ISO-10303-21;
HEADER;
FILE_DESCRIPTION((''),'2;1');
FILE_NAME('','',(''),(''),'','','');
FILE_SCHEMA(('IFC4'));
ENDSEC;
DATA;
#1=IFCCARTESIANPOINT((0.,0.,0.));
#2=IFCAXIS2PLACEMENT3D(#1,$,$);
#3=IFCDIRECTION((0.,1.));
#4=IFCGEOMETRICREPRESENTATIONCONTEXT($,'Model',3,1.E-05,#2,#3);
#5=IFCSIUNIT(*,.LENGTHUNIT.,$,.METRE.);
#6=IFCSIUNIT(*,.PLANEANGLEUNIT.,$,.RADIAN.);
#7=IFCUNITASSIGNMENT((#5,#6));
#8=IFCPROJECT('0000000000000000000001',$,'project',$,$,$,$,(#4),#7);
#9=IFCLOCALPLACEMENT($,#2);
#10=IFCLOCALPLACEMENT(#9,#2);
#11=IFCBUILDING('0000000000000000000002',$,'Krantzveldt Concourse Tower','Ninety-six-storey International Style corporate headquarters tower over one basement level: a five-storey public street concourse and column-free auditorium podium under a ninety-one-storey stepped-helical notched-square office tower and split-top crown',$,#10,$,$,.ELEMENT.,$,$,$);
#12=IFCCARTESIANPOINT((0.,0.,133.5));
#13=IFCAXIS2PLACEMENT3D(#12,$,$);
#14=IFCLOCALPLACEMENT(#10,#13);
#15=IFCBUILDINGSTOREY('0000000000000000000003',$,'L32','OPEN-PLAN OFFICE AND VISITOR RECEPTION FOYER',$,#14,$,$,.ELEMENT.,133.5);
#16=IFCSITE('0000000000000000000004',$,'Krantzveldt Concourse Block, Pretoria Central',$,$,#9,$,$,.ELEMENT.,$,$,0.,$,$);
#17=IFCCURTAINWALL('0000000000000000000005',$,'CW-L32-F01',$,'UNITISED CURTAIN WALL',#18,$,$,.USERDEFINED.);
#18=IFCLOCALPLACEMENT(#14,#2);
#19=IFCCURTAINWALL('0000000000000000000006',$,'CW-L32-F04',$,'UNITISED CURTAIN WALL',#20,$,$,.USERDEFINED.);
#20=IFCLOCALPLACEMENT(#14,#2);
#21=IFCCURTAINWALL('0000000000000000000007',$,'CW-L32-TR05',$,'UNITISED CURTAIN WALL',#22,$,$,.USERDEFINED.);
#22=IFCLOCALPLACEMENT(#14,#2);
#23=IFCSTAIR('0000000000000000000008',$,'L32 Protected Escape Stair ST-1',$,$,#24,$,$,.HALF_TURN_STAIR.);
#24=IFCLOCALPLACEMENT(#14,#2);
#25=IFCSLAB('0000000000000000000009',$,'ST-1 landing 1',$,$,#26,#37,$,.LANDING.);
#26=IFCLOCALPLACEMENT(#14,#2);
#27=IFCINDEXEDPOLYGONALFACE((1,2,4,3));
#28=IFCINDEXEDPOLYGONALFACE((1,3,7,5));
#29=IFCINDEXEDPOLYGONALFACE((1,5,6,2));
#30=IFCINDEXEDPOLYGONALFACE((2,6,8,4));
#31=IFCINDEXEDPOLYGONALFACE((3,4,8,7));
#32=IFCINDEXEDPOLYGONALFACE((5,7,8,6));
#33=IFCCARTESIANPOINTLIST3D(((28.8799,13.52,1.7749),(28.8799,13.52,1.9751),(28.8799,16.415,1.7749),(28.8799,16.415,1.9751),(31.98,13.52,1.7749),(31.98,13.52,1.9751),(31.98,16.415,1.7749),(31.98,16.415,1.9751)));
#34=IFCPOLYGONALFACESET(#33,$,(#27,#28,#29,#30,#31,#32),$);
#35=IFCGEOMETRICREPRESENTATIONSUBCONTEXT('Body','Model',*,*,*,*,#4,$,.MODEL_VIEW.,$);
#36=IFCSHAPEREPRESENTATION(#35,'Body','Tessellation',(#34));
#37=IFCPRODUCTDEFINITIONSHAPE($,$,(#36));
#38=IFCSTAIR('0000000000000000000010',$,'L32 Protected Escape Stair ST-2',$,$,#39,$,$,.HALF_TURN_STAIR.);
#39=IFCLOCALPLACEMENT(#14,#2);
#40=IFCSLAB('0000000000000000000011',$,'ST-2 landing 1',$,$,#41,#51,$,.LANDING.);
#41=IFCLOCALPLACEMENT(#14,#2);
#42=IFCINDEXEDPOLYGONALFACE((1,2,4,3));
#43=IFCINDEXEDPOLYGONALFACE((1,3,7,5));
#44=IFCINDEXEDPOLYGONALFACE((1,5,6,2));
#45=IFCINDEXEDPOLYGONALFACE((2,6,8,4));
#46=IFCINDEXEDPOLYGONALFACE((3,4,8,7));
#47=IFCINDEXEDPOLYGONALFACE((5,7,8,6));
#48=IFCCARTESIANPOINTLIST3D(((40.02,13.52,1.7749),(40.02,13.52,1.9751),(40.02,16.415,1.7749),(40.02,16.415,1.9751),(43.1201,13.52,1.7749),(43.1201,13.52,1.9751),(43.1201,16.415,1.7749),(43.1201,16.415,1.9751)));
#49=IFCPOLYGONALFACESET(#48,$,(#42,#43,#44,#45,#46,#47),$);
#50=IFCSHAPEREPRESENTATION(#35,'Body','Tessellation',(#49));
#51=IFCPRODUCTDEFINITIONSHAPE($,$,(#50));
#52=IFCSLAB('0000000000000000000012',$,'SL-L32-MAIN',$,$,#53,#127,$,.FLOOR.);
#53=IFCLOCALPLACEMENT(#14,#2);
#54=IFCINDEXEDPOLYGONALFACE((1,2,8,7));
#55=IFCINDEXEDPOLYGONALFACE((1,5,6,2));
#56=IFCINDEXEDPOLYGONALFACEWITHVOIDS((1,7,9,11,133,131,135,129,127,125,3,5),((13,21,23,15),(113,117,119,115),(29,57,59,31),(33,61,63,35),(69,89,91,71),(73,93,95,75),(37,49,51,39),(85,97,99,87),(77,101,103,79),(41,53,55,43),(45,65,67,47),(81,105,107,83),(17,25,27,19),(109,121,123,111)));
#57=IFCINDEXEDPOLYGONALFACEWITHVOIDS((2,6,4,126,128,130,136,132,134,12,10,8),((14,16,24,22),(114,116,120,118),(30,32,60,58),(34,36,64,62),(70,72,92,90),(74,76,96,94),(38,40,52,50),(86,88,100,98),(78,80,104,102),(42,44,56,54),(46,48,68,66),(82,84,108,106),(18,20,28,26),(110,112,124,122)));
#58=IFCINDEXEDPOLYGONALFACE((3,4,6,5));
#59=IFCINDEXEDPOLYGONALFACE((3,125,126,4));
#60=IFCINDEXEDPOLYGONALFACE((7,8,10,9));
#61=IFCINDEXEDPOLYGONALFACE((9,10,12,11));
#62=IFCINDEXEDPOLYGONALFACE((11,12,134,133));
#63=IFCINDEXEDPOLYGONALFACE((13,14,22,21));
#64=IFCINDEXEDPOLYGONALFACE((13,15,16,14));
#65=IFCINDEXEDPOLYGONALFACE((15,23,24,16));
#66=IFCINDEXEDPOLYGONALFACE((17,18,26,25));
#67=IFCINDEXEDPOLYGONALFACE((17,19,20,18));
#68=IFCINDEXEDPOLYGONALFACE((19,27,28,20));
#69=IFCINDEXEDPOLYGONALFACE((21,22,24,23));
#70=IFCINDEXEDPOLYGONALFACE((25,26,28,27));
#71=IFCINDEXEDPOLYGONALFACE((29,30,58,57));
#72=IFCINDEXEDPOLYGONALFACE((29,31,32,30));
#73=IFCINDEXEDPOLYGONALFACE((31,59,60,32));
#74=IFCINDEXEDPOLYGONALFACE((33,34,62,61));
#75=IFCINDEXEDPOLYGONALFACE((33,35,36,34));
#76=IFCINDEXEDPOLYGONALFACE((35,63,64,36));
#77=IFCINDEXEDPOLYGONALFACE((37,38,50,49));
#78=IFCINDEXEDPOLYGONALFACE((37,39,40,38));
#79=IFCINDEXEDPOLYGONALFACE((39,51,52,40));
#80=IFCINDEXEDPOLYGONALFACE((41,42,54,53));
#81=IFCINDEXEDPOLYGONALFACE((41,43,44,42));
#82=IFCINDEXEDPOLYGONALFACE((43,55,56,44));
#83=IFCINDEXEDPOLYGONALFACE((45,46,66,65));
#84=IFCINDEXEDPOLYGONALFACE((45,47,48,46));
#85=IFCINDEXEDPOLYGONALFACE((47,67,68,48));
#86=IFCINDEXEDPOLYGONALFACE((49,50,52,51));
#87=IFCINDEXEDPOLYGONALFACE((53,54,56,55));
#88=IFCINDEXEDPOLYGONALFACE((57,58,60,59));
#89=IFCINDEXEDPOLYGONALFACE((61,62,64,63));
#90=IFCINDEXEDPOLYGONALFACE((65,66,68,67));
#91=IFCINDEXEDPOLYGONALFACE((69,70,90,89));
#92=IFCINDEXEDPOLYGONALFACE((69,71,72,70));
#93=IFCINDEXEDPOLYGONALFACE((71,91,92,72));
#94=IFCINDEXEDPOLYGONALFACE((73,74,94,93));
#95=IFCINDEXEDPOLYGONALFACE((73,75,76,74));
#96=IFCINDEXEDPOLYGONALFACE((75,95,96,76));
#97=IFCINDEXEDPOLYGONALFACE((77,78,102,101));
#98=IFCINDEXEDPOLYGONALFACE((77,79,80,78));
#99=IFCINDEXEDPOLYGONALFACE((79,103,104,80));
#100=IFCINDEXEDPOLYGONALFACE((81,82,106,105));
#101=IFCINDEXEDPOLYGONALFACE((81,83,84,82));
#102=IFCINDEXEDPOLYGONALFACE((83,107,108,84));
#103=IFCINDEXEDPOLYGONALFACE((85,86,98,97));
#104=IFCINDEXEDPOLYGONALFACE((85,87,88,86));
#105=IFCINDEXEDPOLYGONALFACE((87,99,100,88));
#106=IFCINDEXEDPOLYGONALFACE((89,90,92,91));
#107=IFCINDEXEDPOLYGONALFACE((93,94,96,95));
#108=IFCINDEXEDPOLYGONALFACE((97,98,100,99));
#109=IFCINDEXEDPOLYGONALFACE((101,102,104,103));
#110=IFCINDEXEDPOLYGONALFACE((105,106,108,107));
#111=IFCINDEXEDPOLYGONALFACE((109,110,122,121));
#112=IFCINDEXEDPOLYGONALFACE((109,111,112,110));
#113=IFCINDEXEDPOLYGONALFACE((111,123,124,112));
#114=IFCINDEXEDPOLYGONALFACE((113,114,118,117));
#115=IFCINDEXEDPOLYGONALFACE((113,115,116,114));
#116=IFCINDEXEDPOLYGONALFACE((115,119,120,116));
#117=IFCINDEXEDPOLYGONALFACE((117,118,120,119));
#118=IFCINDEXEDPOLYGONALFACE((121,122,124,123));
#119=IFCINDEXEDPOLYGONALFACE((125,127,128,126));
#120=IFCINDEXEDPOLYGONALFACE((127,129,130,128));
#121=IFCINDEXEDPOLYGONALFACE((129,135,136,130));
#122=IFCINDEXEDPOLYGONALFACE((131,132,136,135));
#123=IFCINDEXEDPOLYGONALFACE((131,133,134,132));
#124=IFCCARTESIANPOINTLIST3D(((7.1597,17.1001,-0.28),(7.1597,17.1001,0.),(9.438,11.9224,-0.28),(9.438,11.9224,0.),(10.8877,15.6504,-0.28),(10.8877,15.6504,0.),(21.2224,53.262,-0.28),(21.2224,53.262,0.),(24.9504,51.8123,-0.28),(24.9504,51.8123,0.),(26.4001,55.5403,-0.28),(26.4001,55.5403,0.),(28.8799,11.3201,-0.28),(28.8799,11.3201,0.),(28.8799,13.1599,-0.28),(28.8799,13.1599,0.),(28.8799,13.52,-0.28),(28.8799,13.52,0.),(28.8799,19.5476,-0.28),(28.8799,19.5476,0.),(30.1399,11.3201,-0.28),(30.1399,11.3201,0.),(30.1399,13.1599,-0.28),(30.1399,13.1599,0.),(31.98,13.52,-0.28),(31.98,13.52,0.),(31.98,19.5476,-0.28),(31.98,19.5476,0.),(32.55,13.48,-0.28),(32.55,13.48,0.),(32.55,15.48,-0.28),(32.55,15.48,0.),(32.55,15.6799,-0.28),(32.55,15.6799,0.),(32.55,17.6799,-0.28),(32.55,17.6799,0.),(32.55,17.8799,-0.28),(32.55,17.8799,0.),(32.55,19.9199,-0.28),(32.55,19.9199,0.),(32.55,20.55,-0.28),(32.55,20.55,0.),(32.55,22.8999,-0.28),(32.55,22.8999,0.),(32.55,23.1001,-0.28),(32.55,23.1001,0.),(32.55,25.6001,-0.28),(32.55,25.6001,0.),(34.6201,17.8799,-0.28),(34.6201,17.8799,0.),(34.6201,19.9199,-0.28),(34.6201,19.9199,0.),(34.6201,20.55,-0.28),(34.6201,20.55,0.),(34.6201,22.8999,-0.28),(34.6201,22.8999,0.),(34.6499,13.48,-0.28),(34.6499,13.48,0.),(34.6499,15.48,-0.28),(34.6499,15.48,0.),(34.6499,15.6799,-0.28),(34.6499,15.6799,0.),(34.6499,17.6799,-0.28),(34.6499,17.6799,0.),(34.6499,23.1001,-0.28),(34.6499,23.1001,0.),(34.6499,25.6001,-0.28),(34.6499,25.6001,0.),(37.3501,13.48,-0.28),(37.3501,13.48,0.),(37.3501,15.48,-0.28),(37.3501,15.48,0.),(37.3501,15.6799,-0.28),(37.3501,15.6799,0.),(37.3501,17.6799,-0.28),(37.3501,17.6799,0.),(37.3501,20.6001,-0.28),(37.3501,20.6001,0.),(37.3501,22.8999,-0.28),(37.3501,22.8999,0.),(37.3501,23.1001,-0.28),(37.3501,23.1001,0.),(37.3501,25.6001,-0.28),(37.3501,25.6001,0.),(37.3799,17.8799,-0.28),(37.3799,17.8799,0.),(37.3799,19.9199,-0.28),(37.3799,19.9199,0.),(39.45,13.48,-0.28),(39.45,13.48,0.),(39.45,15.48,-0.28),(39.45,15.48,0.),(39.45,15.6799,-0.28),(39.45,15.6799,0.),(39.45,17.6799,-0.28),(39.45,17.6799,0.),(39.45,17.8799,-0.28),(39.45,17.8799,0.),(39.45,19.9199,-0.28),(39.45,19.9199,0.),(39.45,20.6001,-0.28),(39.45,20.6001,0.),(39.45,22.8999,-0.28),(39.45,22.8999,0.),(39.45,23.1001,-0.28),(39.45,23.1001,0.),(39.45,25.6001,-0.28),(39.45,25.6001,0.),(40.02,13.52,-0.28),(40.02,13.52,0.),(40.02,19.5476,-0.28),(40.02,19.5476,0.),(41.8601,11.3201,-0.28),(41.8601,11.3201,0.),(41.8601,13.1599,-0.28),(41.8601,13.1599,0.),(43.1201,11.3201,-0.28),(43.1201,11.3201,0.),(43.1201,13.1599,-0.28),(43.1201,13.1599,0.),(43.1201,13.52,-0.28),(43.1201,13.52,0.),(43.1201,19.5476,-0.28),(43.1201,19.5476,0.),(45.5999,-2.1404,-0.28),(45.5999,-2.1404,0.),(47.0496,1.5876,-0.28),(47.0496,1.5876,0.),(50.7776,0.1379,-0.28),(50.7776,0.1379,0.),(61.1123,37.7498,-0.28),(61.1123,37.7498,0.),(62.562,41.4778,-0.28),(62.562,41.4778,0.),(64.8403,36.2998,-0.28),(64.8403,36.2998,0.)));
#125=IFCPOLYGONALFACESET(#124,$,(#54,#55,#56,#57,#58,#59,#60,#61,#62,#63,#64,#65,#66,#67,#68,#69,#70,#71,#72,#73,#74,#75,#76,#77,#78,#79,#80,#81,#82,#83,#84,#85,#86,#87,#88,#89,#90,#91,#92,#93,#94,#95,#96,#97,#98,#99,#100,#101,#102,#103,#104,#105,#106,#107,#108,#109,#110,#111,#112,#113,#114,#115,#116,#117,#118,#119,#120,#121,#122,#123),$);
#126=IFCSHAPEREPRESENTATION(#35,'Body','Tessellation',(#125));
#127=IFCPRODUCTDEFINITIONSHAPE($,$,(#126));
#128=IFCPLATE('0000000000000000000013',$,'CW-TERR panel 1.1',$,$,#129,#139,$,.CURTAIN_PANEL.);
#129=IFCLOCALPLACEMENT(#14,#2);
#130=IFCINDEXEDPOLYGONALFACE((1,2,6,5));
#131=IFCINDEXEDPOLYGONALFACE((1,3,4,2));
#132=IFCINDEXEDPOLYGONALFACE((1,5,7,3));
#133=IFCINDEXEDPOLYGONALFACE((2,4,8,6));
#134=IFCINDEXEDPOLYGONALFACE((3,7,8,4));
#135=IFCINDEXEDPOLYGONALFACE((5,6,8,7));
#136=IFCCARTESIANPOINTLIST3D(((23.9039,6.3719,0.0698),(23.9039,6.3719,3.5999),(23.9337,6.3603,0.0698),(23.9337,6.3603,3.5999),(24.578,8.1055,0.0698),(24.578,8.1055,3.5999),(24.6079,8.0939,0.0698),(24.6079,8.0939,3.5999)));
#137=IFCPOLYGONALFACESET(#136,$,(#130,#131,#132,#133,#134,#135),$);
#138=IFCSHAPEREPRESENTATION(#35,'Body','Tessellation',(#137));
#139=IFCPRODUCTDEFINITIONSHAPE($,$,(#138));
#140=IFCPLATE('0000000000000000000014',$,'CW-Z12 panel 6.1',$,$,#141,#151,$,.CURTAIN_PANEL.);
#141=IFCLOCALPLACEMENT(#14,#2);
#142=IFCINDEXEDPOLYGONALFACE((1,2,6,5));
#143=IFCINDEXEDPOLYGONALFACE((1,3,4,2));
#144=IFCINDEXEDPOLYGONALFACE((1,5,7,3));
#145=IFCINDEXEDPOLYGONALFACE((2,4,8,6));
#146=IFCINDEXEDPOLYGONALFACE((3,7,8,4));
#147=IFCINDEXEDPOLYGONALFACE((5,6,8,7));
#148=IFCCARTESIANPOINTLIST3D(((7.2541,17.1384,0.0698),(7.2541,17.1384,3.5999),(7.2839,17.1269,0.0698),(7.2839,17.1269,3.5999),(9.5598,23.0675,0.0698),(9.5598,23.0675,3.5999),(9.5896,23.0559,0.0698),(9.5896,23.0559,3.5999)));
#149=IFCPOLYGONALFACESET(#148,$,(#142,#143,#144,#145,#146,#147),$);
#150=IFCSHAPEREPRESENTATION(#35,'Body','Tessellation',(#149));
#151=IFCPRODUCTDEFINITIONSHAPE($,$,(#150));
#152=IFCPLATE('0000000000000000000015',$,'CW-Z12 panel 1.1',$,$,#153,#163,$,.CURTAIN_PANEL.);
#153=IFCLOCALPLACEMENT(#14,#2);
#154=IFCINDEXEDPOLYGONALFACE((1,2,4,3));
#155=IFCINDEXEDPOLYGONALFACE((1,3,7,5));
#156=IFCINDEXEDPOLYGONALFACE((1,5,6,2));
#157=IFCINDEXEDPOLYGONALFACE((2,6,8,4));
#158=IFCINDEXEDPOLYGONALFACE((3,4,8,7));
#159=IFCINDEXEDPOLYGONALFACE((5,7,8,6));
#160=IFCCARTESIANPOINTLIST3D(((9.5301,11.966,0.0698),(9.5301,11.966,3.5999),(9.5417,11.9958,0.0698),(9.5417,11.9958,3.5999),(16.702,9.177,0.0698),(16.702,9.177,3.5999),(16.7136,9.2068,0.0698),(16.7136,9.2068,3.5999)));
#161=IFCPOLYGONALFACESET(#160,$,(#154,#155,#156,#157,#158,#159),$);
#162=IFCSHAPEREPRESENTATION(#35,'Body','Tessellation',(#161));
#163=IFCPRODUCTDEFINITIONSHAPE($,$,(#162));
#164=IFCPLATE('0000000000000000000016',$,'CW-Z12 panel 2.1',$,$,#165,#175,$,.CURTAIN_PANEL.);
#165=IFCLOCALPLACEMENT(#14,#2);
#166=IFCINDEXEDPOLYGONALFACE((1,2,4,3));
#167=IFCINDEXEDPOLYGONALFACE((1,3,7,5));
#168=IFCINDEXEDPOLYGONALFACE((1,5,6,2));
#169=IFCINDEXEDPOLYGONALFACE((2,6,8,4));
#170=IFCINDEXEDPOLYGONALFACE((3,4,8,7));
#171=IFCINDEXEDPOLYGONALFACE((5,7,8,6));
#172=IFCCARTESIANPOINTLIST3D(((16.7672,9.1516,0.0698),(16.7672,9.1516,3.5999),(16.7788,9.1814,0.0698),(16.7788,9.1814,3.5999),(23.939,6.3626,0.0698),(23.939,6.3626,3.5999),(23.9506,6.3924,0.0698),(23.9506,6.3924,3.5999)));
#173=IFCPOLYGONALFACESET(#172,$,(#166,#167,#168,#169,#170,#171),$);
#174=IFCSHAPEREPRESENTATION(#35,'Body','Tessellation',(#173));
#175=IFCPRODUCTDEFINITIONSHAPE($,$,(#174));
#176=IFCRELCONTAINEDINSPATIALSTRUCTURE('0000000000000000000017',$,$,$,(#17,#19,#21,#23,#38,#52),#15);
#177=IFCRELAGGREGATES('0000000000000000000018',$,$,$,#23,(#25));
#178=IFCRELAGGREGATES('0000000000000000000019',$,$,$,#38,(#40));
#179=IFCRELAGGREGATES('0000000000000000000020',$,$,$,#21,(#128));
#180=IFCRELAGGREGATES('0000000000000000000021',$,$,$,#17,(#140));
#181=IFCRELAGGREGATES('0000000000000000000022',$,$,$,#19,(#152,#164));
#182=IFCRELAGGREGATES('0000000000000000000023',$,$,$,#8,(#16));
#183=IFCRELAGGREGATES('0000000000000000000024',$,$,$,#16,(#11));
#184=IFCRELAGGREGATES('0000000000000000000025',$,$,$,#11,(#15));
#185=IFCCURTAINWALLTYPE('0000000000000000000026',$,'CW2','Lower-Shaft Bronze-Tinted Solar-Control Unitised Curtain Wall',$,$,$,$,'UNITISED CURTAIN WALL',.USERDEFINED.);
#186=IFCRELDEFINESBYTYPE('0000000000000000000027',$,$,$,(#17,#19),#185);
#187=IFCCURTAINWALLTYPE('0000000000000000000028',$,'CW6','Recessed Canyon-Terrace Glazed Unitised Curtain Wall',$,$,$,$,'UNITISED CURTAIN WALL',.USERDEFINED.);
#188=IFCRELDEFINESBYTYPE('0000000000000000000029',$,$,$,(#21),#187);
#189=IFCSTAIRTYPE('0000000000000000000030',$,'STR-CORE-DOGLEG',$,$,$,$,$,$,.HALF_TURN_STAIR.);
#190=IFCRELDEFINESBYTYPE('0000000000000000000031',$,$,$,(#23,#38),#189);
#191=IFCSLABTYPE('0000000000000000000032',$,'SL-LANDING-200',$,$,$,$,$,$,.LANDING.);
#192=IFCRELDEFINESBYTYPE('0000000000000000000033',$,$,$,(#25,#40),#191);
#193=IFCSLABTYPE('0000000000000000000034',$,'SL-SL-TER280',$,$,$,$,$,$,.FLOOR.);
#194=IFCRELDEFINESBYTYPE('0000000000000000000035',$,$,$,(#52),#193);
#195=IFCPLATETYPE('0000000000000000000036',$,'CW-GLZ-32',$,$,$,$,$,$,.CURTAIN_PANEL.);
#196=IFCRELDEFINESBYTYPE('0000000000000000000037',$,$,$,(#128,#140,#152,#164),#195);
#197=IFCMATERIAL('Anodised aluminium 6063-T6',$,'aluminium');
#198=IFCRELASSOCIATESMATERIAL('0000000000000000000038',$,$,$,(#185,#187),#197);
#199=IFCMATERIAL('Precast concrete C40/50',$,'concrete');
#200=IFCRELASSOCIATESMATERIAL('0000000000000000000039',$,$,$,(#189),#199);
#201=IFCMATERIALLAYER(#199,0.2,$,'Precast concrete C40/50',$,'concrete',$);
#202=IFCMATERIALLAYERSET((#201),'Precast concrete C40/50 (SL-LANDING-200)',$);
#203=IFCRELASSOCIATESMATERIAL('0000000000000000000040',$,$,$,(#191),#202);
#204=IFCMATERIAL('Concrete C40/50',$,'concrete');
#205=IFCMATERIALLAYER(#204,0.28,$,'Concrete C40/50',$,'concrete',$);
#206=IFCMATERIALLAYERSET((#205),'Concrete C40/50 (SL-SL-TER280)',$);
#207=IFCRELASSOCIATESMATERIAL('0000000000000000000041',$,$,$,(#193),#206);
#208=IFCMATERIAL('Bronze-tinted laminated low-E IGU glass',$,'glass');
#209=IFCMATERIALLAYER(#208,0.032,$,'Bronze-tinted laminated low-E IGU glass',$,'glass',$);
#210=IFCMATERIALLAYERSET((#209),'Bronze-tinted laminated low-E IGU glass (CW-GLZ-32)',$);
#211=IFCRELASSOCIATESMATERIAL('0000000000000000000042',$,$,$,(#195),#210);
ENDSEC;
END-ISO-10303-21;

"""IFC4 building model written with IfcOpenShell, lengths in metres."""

from ifc_helpers import new_model, si_unit, direction, frame, origin, origin_2d, place, context, subcontext, project, spatial, polyline, rectangle, outline, extrude, source, transform, mapped, material, layer, layer_set, type_object, type_shapes, element, aggregate, save


model = new_model("IFC4")

# Units and contexts
model_context = context("Model", 3, precision=1e-05, world=origin(), true_north=direction((0.0, 1.0)))
body_context = subcontext(model_context, "Body", "Model", "MODEL_VIEW")
ifc_project = project(units=[si_unit("LENGTHUNIT", "METRE"), si_unit("PLANEANGLEUNIT", "RADIAN")], contexts=[model_context])

# Site, building, storey
site_placement = place(None, origin())
site = spatial("IfcSite", under=ifc_project, at=site_placement, Name="Krantzveldt Concourse Block, Pretoria Central", CompositionType="ELEMENT", RefElevation=0.0)
building_placement = place(site_placement, origin())
building = spatial("IfcBuilding", under=site, at=building_placement, Name="Krantzveldt Concourse Tower", Description="Ninety-six-storey International Style corporate headquarters tower over one basement level: a five-storey public street concourse and column-free auditorium podium under a ninety-one-storey stepped-helical notched-square office tower and split-top crown", CompositionType="ELEMENT")
storey_placement = place(building_placement, frame((0.0, 0.0, 133.5)))
storey = spatial("IfcBuildingStorey", under=building, at=storey_placement, Name="L32", Description="OPEN-PLAN OFFICE AND VISITOR RECEPTION FOYER", CompositionType="ELEMENT", Elevation=133.5)

# Curtain wall
ifc_material_1 = material(Name="Anodised aluminium 6063-T6", Category="aluminium")
curtain_wall_type_1 = type_object("IfcCurtainWallType", Name="CW2", Description="Lower-Shaft Bronze-Tinted Solar-Control Unitised Curtain Wall", ElementType="UNITISED CURTAIN WALL", PredefinedType="USERDEFINED", material=ifc_material_1)
curtain_wall_1_placement = place(storey_placement, origin())
curtain_wall_1 = element("IfcCurtainWall", 1, at=curtain_wall_1_placement, inside=storey, type_object=curtain_wall_type_1, Name="CW-L32-F01", ObjectType="UNITISED CURTAIN WALL", PredefinedType="USERDEFINED")

# Curtain walls
curtain_wall_2_placement = place(storey_placement, origin())
curtain_wall_2 = element("IfcCurtainWall", 2, at=curtain_wall_2_placement, inside=storey, type_object=curtain_wall_type_1, Name="CW-L32-F04", ObjectType="UNITISED CURTAIN WALL", PredefinedType="USERDEFINED")
curtain_wall_type_2 = type_object("IfcCurtainWallType", Name="CW6", Description="Recessed Canyon-Terrace Glazed Unitised Curtain Wall", ElementType="UNITISED CURTAIN WALL", PredefinedType="USERDEFINED", material=ifc_material_1)
curtain_wall_3_placement = place(storey_placement, origin())
curtain_wall_3 = element("IfcCurtainWall", 3, at=curtain_wall_3_placement, inside=storey, type_object=curtain_wall_type_2, Name="CW-L32-TR05", ObjectType="UNITISED CURTAIN WALL", PredefinedType="USERDEFINED")

# Stairs, slabs
ifc_material_2 = material(Name="Precast concrete C40/50", Category="concrete")
stair_type = type_object("IfcStairType", Name="STR-CORE-DOGLEG", PredefinedType="HALF_TURN_STAIR", material=ifc_material_2)
stair_1_placement = place(storey_placement, origin())
stair_1 = element("IfcStair", 4, at=stair_1_placement, inside=storey, type_object=stair_type, Name="L32 Protected Escape Stair ST-1", PredefinedType="HALF_TURN_STAIR")
ifc_layer_1 = layer(ifc_material_2, 0.2, Name="Precast concrete C40/50", Category="concrete")
ifc_layer_set_1 = layer_set([ifc_layer_1], Name="Precast concrete C40/50 (SL-LANDING-200)")
slab_type_1 = type_object("IfcSlabType", Name="SL-LANDING-200", PredefinedType="LANDING", material=ifc_layer_set_1)
slab_1_placement = place(storey_placement, frame((0.0, 0.0, 1.7749)))
slab_1 = element("IfcSlab", 5, at=slab_1_placement, type_object=slab_type_1, Name="ST-1 landing 1", PredefinedType="LANDING", context=body_context, shape_type="SweptSolid", body=[
    extrude(outline(polyline([(28.8799, 16.415), (28.8799, 13.52), (31.98, 13.52), (31.98, 16.415), (28.8799, 16.415)])), origin(), (0.0, 0.0, 1.0), 0.2002),
])
aggregate(stair_1, [slab_1])
stair_2_placement = place(storey_placement, origin())
stair_2 = element("IfcStair", 6, at=stair_2_placement, inside=storey, type_object=stair_type, Name="L32 Protected Escape Stair ST-2", PredefinedType="HALF_TURN_STAIR")
slab_2_placement = place(storey_placement, frame((0.0, 0.0, 1.7749)))
slab_2 = element("IfcSlab", 7, at=slab_2_placement, type_object=slab_type_1, Name="ST-2 landing 1", PredefinedType="LANDING", context=body_context, shape_type="SweptSolid", body=[
    extrude(outline(polyline([(40.02, 16.415), (40.02, 13.52), (43.1201, 13.52), (43.1201, 16.415), (40.02, 16.415)])), origin(), (0.0, 0.0, 1.0), 0.2002),
])
aggregate(stair_2, [slab_2])

# Slab
ifc_material_3 = material(Name="Concrete C40/50", Category="concrete")
ifc_layer_2 = layer(ifc_material_3, 0.28, Name="Concrete C40/50", Category="concrete")
ifc_layer_set_2 = layer_set([ifc_layer_2], Name="Concrete C40/50 (SL-SL-TER280)")
slab_type_2 = type_object("IfcSlabType", Name="SL-SL-TER280", PredefinedType="FLOOR", material=ifc_layer_set_2)
slab_3_placement = place(storey_placement, frame((0.0, 0.0, -0.28)))
element("IfcSlab", 8, at=slab_3_placement, inside=storey, type_object=slab_type_2, Name="SL-L32-MAIN", PredefinedType="FLOOR", context=body_context, shape_type="SweptSolid", body=[
    extrude(outline(polyline([(24.9504, 51.8123), (21.2224, 53.262), (7.1597, 17.1001), (10.8877, 15.6504), (9.438, 11.9224), (45.5999, -2.1404), (47.0496, 1.5876), (50.7776, 0.1379), (64.8403, 36.2998), (61.1123, 37.7498), (62.562, 41.4778), (26.4001, 55.5403), (24.9504, 51.8123)]), holes=[polyline([(28.8799, 19.5476), (28.8799, 13.52), (31.98, 13.52), (31.98, 19.5476), (28.8799, 19.5476)]), polyline([(40.02, 19.5476), (40.02, 13.52), (43.1201, 13.52), (43.1201, 19.5476), (40.02, 19.5476)]), polyline([(32.55, 23.1001), (34.6499, 23.1001), (34.6499, 25.6001), (32.55, 25.6001), (32.55, 23.1001)]), polyline([(37.3501, 23.1001), (39.45, 23.1001), (39.45, 25.6001), (37.3501, 25.6001), (37.3501, 23.1001)]), polyline([(37.3501, 20.6001), (39.45, 20.6001), (39.45, 22.8999), (37.3501, 22.8999), (37.3501, 20.6001)]), polyline([(32.55, 13.48), (34.6499, 13.48), (34.6499, 15.48), (32.55, 15.48), (32.55, 13.48)]), polyline([(32.55, 15.6799), (34.6499, 15.6799), (34.6499, 17.6799), (32.55, 17.6799), (32.55, 15.6799)]), polyline([(37.3501, 13.48), (39.45, 13.48), (39.45, 15.48), (37.3501, 15.48), (37.3501, 13.48)]), polyline([(37.3501, 15.6799), (39.45, 15.6799), (39.45, 17.6799), (37.3501, 17.6799), (37.3501, 15.6799)]), polyline([(32.55, 20.55), (34.6201, 20.55), (34.6201, 22.8999), (32.55, 22.8999), (32.55, 20.55)]), polyline([(32.55, 17.8799), (34.6201, 17.8799), (34.6201, 19.9199), (32.55, 19.9199), (32.55, 17.8799)]), polyline([(37.3799, 17.8799), (39.45, 17.8799), (39.45, 19.9199), (37.3799, 19.9199), (37.3799, 17.8799)]), polyline([(28.8799, 11.3201), (30.1399, 11.3201), (30.1399, 13.1599), (28.8799, 13.1599), (28.8799, 11.3201)]), polyline([(41.8601, 11.3201), (43.1201, 11.3201), (43.1201, 13.1599), (41.8601, 13.1599), (41.8601, 11.3201)])]), origin(), (0.0, 0.0, 1.0), 0.28),
])

# Plates
ifc_material_4 = material(Name="Bronze-tinted laminated low-E IGU glass", Category="glass")
ifc_layer_3 = layer(ifc_material_4, 0.032, Name="Bronze-tinted laminated low-E IGU glass", Category="glass")
ifc_layer_set_3 = layer_set([ifc_layer_3], Name="Bronze-tinted laminated low-E IGU glass (CW-GLZ-32)")
plate_type = type_object("IfcPlateType", Name="CW-GLZ-32", PredefinedType="CURTAIN_PANEL", material=ifc_layer_set_3)
shared_shape_1 = source(origin(), body_context, "Body", "SweptSolid", [
    extrude(rectangle(XDim=1.8601, YDim=0.032, at=origin_2d()), origin(), (0.0, 0.0, 1.0), 3.53),
])
plate_1_placement = place(storey_placement, frame((24.2559, 7.2329, 0.0698), z_axis=(0.0, 0.0, 1.0), x_axis=(0.362439, 0.932007, 0.0)))
plate_1 = element("IfcPlate", 9, at=plate_1_placement, type_object=plate_type, Name="CW-TERR panel 1.1", PredefinedType="CURTAIN_PANEL", context=body_context, shape_type="MappedRepresentation", body=[
    mapped(shared_shape_1, transform((0.0, 0.0, 0.0), x_axis=(1.0, 0.0, 0.0), y_axis=(0.0, 1.0, 0.0), z_axis=(0.0, 0.0, 1.0), scale=1.0)),
])
aggregate(curtain_wall_3, [plate_1])
shared_shape_2 = source(origin(), body_context, "Body", "SweptSolid", [
    extrude(rectangle(XDim=6.3616, YDim=0.032, at=origin_2d()), origin(), (0.0, 0.0, 1.0), 3.53),
])
plate_2_placement = place(storey_placement, frame((8.4219, 20.0972, 0.0698), z_axis=(0.0, 0.0, 1.0), x_axis=(-0.362438, -0.932008, 0.0)))
plate_2 = element("IfcPlate", 10, at=plate_2_placement, type_object=plate_type, Name="CW-Z12 panel 6.1", PredefinedType="CURTAIN_PANEL", context=body_context, shape_type="MappedRepresentation", body=[
    mapped(shared_shape_2, transform((0.0, 0.0, 0.0), x_axis=(1.0, 0.0, 0.0), y_axis=(0.0, 1.0, 0.0), z_axis=(0.0, 0.0, 1.0), scale=1.0)),
])
aggregate(curtain_wall_1, [plate_2])
shared_shape_3 = source(origin(), body_context, "Body", "SweptSolid", [
    extrude(rectangle(XDim=7.6951, YDim=0.032, at=origin_2d()), origin(), (0.0, 0.0, 1.0), 3.53),
])
type_shapes(plate_type, [shared_shape_1, shared_shape_2, shared_shape_3])
plate_3_placement = place(storey_placement, frame((13.1218, 10.5864, 0.0698), z_axis=(0.0, 0.0, 1.0), x_axis=(0.932008, -0.362438, 0.0)))
plate_3 = element("IfcPlate", 11, at=plate_3_placement, type_object=plate_type, Name="CW-Z12 panel 1.1", PredefinedType="CURTAIN_PANEL", context=body_context, shape_type="MappedRepresentation", body=[
    mapped(shared_shape_3, transform((0.0, 0.0, 0.0), x_axis=(1.0, 0.0, 0.0), y_axis=(0.0, 1.0, 0.0), z_axis=(0.0, 0.0, 1.0), scale=1.0)),
])
plate_4_placement = place(storey_placement, frame((20.3589, 7.772, 0.0698), z_axis=(0.0, 0.0, 1.0), x_axis=(0.932008, -0.362438, 0.0)))
plate_4 = element("IfcPlate", 12, at=plate_4_placement, type_object=plate_type, Name="CW-Z12 panel 2.1", PredefinedType="CURTAIN_PANEL", context=body_context, shape_type="MappedRepresentation", body=[
    mapped(shared_shape_3, transform((0.0, 0.0, 0.0), x_axis=(1.0, 0.0, 0.0), y_axis=(0.0, 1.0, 0.0), z_axis=(0.0, 0.0, 1.0), scale=1.0)),
])
aggregate(curtain_wall_2, [plate_3, plate_4])

save(model, "model.ifc")
